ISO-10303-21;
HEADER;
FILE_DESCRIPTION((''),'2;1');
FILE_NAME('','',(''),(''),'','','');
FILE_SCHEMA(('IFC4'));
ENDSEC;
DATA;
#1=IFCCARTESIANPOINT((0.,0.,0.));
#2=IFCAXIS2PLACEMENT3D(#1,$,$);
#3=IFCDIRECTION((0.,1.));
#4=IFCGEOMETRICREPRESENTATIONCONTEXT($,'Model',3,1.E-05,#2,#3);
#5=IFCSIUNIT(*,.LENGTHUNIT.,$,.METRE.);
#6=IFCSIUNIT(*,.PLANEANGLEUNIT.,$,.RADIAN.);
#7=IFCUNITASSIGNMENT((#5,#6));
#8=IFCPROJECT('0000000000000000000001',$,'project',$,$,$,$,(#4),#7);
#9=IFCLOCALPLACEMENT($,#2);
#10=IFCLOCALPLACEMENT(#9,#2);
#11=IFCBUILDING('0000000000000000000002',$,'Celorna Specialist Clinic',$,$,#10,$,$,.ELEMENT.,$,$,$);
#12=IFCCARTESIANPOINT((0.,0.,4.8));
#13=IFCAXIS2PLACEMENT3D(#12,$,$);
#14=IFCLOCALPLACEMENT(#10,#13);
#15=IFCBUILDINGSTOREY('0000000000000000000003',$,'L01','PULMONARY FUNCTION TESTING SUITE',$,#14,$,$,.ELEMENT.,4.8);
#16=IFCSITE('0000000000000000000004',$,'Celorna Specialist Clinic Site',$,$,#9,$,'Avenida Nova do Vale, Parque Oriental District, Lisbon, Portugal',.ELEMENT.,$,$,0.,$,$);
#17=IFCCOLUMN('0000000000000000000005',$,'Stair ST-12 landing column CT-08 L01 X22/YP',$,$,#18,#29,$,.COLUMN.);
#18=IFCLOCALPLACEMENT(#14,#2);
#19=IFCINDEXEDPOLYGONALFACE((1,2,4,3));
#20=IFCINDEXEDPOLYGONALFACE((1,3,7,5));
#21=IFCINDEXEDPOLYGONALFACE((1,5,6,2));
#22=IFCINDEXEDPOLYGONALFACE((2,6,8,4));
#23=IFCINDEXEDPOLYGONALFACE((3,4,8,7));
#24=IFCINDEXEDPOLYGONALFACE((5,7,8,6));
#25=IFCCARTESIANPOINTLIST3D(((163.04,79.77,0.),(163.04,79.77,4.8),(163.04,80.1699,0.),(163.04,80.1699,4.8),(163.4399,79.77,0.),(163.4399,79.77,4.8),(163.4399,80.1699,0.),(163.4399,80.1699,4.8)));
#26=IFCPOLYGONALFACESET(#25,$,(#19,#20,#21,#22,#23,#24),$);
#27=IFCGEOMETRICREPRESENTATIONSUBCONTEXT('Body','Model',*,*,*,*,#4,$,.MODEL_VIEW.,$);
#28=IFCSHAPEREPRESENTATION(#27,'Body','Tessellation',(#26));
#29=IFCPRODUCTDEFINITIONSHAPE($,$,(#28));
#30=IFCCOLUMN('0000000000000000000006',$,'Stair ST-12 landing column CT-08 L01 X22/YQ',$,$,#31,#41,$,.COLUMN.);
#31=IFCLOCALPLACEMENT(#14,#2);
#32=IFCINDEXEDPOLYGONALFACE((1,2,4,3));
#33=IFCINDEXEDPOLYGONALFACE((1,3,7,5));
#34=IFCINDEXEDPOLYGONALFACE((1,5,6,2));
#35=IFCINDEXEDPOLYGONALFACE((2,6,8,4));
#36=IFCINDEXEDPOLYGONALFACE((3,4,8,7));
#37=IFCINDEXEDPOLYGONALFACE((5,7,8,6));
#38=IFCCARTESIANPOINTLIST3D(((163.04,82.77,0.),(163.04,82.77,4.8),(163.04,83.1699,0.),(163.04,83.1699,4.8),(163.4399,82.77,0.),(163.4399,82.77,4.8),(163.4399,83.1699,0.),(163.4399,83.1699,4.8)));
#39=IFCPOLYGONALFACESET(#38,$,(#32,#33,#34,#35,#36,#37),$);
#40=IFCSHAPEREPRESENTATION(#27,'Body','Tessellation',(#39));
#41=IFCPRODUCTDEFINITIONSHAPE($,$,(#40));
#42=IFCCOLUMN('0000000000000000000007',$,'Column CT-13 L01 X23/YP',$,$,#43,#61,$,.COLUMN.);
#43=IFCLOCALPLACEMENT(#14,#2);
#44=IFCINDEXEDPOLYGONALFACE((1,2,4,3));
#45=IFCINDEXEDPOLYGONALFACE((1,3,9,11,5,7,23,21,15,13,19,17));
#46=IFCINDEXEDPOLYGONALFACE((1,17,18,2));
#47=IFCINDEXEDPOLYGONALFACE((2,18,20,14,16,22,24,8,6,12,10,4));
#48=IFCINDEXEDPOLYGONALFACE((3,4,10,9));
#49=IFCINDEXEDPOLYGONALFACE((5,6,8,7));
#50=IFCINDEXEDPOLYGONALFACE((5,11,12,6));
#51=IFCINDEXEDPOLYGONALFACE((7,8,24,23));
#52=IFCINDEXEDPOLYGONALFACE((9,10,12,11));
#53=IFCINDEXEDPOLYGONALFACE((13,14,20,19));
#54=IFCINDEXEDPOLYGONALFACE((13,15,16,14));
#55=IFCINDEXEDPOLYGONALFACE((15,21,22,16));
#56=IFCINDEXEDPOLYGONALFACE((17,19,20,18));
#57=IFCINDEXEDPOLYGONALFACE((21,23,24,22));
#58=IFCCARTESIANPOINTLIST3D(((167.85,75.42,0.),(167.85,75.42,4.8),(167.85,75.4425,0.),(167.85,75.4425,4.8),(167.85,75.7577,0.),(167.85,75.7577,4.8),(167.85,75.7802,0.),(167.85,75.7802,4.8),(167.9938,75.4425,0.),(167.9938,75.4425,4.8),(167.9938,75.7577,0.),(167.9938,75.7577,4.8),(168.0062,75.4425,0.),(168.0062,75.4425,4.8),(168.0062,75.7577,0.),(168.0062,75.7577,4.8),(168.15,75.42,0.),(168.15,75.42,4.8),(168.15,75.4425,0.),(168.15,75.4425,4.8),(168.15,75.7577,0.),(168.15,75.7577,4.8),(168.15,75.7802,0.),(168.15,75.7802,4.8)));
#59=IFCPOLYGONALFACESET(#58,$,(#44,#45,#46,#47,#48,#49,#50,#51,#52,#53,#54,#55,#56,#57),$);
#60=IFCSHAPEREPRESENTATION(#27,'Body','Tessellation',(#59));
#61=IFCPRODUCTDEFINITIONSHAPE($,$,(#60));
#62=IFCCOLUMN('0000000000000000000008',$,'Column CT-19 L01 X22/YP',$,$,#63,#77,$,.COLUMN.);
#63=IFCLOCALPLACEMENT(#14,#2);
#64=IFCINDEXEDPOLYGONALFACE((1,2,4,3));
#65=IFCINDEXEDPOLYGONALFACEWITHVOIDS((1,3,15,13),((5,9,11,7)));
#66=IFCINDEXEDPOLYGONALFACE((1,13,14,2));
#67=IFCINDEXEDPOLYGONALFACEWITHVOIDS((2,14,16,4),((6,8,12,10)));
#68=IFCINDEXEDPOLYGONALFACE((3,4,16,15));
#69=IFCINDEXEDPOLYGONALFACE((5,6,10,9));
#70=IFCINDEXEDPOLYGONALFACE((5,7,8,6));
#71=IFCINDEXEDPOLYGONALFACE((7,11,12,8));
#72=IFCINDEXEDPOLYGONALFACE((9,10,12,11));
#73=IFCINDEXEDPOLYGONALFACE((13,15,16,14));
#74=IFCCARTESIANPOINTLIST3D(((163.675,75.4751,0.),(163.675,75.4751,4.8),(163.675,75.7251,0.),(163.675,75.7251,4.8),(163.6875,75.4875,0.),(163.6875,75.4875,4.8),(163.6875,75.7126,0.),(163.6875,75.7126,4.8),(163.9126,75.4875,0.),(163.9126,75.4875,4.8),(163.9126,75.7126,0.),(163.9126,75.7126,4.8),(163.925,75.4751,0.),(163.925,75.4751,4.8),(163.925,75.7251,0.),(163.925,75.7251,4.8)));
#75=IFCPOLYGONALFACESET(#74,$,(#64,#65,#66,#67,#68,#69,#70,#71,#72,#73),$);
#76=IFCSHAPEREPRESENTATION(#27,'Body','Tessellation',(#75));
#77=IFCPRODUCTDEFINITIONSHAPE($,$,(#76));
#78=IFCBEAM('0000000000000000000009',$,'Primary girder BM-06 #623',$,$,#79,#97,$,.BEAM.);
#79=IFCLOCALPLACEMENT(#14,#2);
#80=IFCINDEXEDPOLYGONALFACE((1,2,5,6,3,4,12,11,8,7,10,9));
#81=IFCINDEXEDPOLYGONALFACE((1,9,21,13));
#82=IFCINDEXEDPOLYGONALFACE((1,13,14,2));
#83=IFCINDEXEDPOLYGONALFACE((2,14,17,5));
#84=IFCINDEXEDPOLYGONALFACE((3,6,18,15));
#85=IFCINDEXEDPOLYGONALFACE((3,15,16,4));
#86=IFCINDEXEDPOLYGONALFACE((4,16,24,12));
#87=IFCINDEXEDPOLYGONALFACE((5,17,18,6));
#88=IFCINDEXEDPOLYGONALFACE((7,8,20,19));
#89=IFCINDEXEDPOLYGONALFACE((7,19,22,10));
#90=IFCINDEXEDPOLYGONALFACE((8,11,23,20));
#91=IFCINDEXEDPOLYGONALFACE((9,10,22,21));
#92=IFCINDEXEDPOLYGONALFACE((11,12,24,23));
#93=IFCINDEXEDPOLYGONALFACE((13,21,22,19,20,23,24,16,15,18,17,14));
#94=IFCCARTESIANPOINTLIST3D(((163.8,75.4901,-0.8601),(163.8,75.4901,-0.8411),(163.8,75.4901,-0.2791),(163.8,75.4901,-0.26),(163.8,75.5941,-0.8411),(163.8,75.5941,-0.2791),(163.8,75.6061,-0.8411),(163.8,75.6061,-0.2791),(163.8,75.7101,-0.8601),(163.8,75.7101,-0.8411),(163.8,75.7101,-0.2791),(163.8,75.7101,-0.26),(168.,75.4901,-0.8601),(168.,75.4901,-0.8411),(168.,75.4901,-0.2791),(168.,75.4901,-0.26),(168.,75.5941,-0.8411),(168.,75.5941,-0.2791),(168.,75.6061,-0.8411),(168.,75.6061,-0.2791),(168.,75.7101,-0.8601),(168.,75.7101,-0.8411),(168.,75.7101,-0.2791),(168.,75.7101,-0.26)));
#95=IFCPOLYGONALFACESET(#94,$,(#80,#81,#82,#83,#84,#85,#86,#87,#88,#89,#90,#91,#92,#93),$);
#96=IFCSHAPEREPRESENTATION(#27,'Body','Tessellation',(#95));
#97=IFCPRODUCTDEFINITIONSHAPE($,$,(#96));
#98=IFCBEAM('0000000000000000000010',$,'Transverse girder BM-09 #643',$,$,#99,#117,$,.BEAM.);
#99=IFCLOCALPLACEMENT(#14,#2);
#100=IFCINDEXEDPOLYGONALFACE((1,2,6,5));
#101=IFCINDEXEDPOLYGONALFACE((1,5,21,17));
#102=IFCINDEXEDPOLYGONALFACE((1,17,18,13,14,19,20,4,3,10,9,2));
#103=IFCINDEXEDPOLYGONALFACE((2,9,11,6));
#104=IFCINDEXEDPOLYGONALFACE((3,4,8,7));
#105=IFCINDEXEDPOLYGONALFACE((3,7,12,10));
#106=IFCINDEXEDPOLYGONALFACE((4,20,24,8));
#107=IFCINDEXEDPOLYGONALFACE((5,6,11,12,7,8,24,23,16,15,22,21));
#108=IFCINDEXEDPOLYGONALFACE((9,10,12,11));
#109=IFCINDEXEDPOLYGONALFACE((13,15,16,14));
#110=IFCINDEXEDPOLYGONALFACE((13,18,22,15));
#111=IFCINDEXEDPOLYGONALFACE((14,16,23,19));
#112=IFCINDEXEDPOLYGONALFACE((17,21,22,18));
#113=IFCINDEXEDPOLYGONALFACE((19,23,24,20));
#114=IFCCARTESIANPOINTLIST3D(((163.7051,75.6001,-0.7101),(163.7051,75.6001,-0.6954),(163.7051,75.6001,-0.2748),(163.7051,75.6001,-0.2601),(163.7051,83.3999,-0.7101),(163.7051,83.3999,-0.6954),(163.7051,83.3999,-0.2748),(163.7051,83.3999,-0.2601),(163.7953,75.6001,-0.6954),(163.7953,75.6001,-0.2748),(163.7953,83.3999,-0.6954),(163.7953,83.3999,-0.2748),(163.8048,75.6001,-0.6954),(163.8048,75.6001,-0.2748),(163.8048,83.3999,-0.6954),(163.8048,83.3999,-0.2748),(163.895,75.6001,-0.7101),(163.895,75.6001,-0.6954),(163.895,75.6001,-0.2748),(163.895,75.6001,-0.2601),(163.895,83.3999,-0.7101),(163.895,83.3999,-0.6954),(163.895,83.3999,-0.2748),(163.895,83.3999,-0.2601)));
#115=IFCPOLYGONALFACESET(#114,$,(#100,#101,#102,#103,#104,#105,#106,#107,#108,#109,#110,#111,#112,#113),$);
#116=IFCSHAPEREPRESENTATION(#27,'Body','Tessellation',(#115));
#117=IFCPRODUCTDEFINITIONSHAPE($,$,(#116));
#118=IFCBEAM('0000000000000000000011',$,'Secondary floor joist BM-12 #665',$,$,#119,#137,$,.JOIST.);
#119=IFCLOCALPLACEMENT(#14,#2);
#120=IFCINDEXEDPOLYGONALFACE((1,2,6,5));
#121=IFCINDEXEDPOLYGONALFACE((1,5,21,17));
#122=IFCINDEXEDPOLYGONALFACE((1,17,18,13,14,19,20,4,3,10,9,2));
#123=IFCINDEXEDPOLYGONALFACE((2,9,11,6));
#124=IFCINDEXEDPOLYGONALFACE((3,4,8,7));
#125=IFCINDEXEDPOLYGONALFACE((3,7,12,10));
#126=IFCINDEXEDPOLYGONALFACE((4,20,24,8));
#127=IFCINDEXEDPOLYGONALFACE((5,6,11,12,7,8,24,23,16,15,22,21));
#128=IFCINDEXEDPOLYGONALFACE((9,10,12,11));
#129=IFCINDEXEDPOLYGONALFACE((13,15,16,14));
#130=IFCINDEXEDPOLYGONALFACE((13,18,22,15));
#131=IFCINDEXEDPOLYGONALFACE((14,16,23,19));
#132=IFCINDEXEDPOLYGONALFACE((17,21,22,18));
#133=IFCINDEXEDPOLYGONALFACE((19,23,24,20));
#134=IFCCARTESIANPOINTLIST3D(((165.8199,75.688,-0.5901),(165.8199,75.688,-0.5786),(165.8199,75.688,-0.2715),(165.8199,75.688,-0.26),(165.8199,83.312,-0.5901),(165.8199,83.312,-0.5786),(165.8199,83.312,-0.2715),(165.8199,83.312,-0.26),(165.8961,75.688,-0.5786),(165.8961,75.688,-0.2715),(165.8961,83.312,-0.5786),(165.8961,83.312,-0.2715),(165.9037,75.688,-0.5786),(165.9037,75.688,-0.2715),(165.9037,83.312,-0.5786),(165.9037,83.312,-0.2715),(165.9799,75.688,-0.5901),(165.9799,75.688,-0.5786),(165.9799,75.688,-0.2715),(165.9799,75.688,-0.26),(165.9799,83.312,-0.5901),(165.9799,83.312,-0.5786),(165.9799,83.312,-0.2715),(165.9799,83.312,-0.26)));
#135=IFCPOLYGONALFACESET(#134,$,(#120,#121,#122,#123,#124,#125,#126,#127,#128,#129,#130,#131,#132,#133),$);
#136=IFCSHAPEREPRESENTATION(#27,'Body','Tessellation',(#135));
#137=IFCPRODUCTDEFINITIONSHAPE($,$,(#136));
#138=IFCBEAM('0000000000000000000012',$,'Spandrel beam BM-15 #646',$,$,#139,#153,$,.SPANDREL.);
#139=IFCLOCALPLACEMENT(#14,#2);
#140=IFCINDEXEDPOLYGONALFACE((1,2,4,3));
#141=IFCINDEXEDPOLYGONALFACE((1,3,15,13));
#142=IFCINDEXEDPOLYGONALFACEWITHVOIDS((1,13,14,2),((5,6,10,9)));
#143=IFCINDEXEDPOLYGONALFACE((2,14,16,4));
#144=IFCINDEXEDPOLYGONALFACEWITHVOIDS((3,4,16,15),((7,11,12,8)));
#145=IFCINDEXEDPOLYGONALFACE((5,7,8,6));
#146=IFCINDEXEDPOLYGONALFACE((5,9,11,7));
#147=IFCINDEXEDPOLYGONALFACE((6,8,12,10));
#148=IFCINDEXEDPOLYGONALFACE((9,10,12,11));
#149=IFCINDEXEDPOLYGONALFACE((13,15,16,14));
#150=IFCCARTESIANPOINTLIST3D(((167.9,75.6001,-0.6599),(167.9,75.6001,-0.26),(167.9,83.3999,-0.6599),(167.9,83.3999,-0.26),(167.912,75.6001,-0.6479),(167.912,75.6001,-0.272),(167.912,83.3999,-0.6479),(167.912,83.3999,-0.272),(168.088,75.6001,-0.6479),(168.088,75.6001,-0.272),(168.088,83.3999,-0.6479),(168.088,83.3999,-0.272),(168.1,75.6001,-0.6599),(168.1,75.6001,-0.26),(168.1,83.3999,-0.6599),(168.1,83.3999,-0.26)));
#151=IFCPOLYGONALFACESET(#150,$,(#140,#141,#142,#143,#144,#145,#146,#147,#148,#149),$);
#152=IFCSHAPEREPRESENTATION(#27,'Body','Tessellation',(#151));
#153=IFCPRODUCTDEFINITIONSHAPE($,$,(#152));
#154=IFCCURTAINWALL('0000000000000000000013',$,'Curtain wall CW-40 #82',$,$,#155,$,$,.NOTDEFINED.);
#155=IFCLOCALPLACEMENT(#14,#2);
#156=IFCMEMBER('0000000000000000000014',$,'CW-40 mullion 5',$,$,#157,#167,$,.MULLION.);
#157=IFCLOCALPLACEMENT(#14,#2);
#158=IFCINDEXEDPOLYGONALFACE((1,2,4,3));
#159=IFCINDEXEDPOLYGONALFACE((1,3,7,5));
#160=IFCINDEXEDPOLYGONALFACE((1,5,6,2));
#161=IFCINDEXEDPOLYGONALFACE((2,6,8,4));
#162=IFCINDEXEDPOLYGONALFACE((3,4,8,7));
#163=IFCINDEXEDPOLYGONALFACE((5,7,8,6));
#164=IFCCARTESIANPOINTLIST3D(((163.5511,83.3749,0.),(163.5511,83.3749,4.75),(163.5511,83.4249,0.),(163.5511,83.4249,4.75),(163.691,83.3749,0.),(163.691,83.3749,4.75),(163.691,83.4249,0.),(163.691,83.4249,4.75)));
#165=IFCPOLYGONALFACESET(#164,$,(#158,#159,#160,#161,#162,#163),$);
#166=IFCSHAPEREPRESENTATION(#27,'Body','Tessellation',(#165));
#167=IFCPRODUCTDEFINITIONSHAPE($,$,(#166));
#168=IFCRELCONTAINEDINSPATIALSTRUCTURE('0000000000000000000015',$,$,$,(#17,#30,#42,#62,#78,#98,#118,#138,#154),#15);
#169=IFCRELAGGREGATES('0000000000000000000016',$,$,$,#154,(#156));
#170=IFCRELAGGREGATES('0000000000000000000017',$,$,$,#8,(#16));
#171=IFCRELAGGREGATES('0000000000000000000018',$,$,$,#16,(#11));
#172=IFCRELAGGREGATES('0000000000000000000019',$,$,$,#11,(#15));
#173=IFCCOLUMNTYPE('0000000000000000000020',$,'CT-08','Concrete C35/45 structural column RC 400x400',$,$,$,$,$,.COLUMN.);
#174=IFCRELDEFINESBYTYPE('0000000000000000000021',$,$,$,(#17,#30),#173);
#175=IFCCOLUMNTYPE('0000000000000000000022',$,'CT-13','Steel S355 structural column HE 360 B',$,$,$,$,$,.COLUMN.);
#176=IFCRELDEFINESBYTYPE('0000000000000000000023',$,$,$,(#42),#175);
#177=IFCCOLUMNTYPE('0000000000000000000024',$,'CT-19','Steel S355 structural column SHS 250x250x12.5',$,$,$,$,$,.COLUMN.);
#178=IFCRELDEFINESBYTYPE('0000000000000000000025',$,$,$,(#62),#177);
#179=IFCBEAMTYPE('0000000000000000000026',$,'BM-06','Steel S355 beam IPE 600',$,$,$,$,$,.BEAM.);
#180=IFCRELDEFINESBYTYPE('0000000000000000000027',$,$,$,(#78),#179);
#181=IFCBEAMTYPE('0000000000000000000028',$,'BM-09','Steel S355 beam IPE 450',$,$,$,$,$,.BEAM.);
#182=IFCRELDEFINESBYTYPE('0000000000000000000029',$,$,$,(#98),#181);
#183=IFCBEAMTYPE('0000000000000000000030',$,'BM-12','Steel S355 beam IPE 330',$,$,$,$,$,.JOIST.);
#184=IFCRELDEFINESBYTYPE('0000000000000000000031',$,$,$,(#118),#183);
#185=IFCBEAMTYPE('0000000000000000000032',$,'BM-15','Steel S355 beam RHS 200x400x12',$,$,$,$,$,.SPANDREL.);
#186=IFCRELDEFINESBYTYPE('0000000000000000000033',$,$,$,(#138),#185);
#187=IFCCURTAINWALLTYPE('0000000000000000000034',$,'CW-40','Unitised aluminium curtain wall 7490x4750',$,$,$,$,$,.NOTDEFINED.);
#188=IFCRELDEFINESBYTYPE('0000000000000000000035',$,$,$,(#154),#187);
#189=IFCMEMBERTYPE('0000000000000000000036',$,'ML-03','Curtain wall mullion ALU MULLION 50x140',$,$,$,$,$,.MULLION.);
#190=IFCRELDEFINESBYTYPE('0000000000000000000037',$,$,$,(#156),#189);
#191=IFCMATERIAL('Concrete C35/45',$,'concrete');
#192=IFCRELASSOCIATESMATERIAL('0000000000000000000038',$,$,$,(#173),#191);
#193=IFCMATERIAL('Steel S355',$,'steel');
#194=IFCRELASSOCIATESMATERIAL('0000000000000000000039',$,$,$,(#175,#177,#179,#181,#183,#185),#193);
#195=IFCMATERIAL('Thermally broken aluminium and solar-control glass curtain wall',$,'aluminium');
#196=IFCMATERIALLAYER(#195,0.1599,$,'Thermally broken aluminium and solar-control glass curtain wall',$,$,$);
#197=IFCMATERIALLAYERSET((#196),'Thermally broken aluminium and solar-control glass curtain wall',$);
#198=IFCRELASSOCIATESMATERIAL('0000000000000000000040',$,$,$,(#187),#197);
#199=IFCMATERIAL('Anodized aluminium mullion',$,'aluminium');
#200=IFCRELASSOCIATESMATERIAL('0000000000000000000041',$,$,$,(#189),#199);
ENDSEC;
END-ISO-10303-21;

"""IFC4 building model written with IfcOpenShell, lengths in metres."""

from ifc_helpers import new_model, si_unit, direction, frame, origin, origin_2d, place, context, subcontext, project, spatial, rectangle, hollow_rectangle, i_section, extrude, material, layer, layer_set, material_profile, profile_set, type_object, element, aggregate, save


model = new_model("IFC4")

# Units and contexts
model_context = context("Model", 3, precision=1e-05, world=origin(), true_north=direction((0.0, 1.0)))
body_context = subcontext(model_context, "Body", "Model", "MODEL_VIEW")
ifc_project = project(units=[si_unit("LENGTHUNIT", "METRE"), si_unit("PLANEANGLEUNIT", "RADIAN")], contexts=[model_context])

# Site, building, storey
site_placement = place(None, origin())
site = spatial("IfcSite", under=ifc_project, at=site_placement, Name="Celorna Specialist Clinic Site", LongName="Avenida Nova do Vale, Parque Oriental District, Lisbon, Portugal", CompositionType="ELEMENT", RefElevation=0.0)
building_placement = place(site_placement, origin())
building = spatial("IfcBuilding", under=site, at=building_placement, Name="Celorna Specialist Clinic", CompositionType="ELEMENT")
storey_placement = place(building_placement, frame((0.0, 0.0, 4.8)))
storey = spatial("IfcBuildingStorey", under=building, at=storey_placement, Name="L01", Description="PULMONARY FUNCTION TESTING SUITE", CompositionType="ELEMENT", Elevation=4.8)

# Columns
ifc_material_1 = material(Name="Concrete C35/45", Category="concrete")
ifc_material_profile_1 = material_profile(ifc_material_1, rectangle(XDim=0.3999, YDim=0.3999, at=origin_2d()), Name="RC 400x400")
ifc_profile_set_1 = profile_set([ifc_material_profile_1], Name="Concrete C35/45")
column_type_1 = type_object("IfcColumnType", Name="CT-08", Description="Concrete C35/45 structural column RC 400x400", PredefinedType="COLUMN", material=ifc_profile_set_1)
for number, where, z_axis, x_axis, name in (
    (1, (163.24, 79.97, 0.0), (0.0, 0.0, 1.0), (1.0, 0.0, 0.0), "Stair ST-12 landing column CT-08 L01 X22/YP"),
    (2, (163.24, 82.97, 0.0), (0.0, 0.0, 1.0), (1.0, 0.0, 0.0), "Stair ST-12 landing column CT-08 L01 X22/YQ"),
):
    element("IfcColumn", number, at=place(storey_placement, frame(where, z_axis=z_axis, x_axis=x_axis)), inside=storey, type_object=column_type_1, Name=name, PredefinedType="COLUMN", context=body_context, shape_type="SweptSolid", body=[
        extrude(rectangle(XDim=0.3999, YDim=0.3999, at=origin_2d()), origin(), (0.0, 0.0, 1.0), 4.8),
    ])
ifc_material_2 = material(Name="Steel S355", Category="steel")
ifc_material_profile_2 = material_profile(ifc_material_2, i_section(OverallWidth=0.3, OverallDepth=0.3601, WebThickness=0.0125, FlangeThickness=0.0225, at=origin_2d()), Name="HE 360 B")
ifc_profile_set_2 = profile_set([ifc_material_profile_2], Name="Steel S355")
column_type_2 = type_object("IfcColumnType", Name="CT-13", Description="Steel S355 structural column HE 360 B", PredefinedType="COLUMN", material=ifc_profile_set_2)
column_1_placement = place(storey_placement, frame((168.0, 75.6001, 0.0), z_axis=(0.0, 0.0, 1.0), x_axis=(1.0, 0.0, 0.0)))
element("IfcColumn", 3, at=column_1_placement, inside=storey, type_object=column_type_2, Name="Column CT-13 L01 X23/YP", PredefinedType="COLUMN", context=body_context, shape_type="SweptSolid", body=[
    extrude(i_section(OverallWidth=0.3, OverallDepth=0.3601, WebThickness=0.0125, FlangeThickness=0.0225, at=origin_2d()), origin(), (0.0, 0.0, 1.0), 4.8),
])
ifc_material_profile_3 = material_profile(ifc_material_2, hollow_rectangle(XDim=0.25, YDim=0.25, WallThickness=0.0125, at=origin_2d()), Name="SHS 250x250x12.5")
ifc_profile_set_3 = profile_set([ifc_material_profile_3], Name="Steel S355")
column_type_3 = type_object("IfcColumnType", Name="CT-19", Description="Steel S355 structural column SHS 250x250x12.5", PredefinedType="COLUMN", material=ifc_profile_set_3)
column_2_placement = place(storey_placement, frame((163.8, 75.6001, 0.0), z_axis=(0.0, 0.0, 1.0), x_axis=(1.0, 0.0, 0.0)))
element("IfcColumn", 4, at=column_2_placement, inside=storey, type_object=column_type_3, Name="Column CT-19 L01 X22/YP", PredefinedType="COLUMN", context=body_context, shape_type="SweptSolid", body=[
    extrude(hollow_rectangle(XDim=0.25, YDim=0.25, WallThickness=0.0125, at=origin_2d()), origin(), (0.0, 0.0, 1.0), 4.8),
])

# Beams
ifc_material_profile_4 = material_profile(ifc_material_2, i_section(OverallWidth=0.22, OverallDepth=0.6001, WebThickness=0.012, FlangeThickness=0.019, at=origin_2d()), Name="IPE 600")
ifc_profile_set_4 = profile_set([ifc_material_profile_4], Name="Steel S355")
beam_type_1 = type_object("IfcBeamType", Name="BM-06", Description="Steel S355 beam IPE 600", PredefinedType="BEAM", material=ifc_profile_set_4)
beam_1_placement = place(storey_placement, frame((163.8, 75.6001, -0.5601), z_axis=(1.0, 0.0, 0.0), x_axis=(0.0, 1.0, 0.0)))
element("IfcBeam", 5, at=beam_1_placement, inside=storey, type_object=beam_type_1, Name="Primary girder BM-06 #623", PredefinedType="BEAM", context=body_context, shape_type="SweptSolid", body=[
    extrude(i_section(OverallWidth=0.22, OverallDepth=0.6001, WebThickness=0.012, FlangeThickness=0.019, at=origin_2d()), origin(), (0.0, 0.0, 1.0), 4.2),
])
ifc_material_profile_5 = material_profile(ifc_material_2, i_section(OverallWidth=0.1899, OverallDepth=0.45, WebThickness=0.0095, FlangeThickness=0.0146, at=origin_2d()), Name="IPE 450")
ifc_profile_set_5 = profile_set([ifc_material_profile_5], Name="Steel S355")
beam_type_2 = type_object("IfcBeamType", Name="BM-09", Description="Steel S355 beam IPE 450", PredefinedType="BEAM", material=ifc_profile_set_5)
beam_2_placement = place(storey_placement, frame((163.8, 75.6001, -0.4851), z_axis=(0.0, 1.0, 0.0), x_axis=(-1.0, 0.0, 0.0)))
element("IfcBeam", 6, at=beam_2_placement, inside=storey, type_object=beam_type_2, Name="Transverse girder BM-09 #643", PredefinedType="BEAM", context=body_context, shape_type="SweptSolid", body=[
    extrude(i_section(OverallWidth=0.1899, OverallDepth=0.45, WebThickness=0.0095, FlangeThickness=0.0146, at=origin_2d()), origin(), (0.0, 0.0, 1.0), 7.7998),
])
ifc_material_profile_6 = material_profile(ifc_material_2, i_section(OverallWidth=0.1599, OverallDepth=0.3301, WebThickness=0.0076, FlangeThickness=0.0115, at=origin_2d()), Name="IPE 330")
ifc_profile_set_6 = profile_set([ifc_material_profile_6], Name="Steel S355")
beam_type_3 = type_object("IfcBeamType", Name="BM-12", Description="Steel S355 beam IPE 330", PredefinedType="JOIST", material=ifc_profile_set_6)
beam_3_placement = place(storey_placement, frame((165.8999, 75.688, -0.425), z_axis=(0.0, 1.0, 0.0), x_axis=(-1.0, 0.0, 0.0)))
element("IfcBeam", 7, at=beam_3_placement, inside=storey, type_object=beam_type_3, Name="Secondary floor joist BM-12 #665", PredefinedType="JOIST", context=body_context, shape_type="SweptSolid", body=[
    extrude(i_section(OverallWidth=0.1599, OverallDepth=0.3301, WebThickness=0.0076, FlangeThickness=0.0115, at=origin_2d()), origin(), (0.0, 0.0, 1.0), 7.624),
])
ifc_material_profile_7 = material_profile(ifc_material_2, hollow_rectangle(XDim=0.2, YDim=0.3999, WallThickness=0.012, at=origin_2d()), Name="RHS 200x400x12")
ifc_profile_set_7 = profile_set([ifc_material_profile_7], Name="Steel S355")
beam_type_4 = type_object("IfcBeamType", Name="BM-15", Description="Steel S355 beam RHS 200x400x12", PredefinedType="SPANDREL", material=ifc_profile_set_7)
beam_4_placement = place(storey_placement, frame((168.0, 75.6001, -0.46), z_axis=(0.0, 1.0, 0.0), x_axis=(-1.0, 0.0, 0.0)))
element("IfcBeam", 8, at=beam_4_placement, inside=storey, type_object=beam_type_4, Name="Spandrel beam BM-15 #646", PredefinedType="SPANDREL", context=body_context, shape_type="SweptSolid", body=[
    extrude(hollow_rectangle(XDim=0.2, YDim=0.3999, WallThickness=0.012, at=origin_2d()), origin(), (0.0, 0.0, 1.0), 7.7998),
])

# Curtain wall, member
ifc_material_3 = material(Name="Thermally broken aluminium and solar-control glass curtain wall", Category="aluminium")
ifc_layer_1 = layer(ifc_material_3, 0.1599, Name="Thermally broken aluminium and solar-control glass curtain wall")
ifc_layer_set_1 = layer_set([ifc_layer_1], Name="Thermally broken aluminium and solar-control glass curtain wall")
curtain_wall_type = type_object("IfcCurtainWallType", Name="CW-40", Description="Unitised aluminium curtain wall 7490x4750", PredefinedType="NOTDEFINED", material=ifc_layer_set_1)
curtain_wall_placement = place(storey_placement, origin())
curtain_wall = element("IfcCurtainWall", 9, at=curtain_wall_placement, inside=storey, type_object=curtain_wall_type, Name="Curtain wall CW-40 #82", PredefinedType="NOTDEFINED")
ifc_material_4 = material(Name="Anodized aluminium mullion", Category="aluminium")
ifc_material_profile_8 = material_profile(ifc_material_4, rectangle(XDim=0.05, YDim=0.1399, at=origin_2d()), Name="ALU MULLION 50x140")
ifc_profile_set_8 = profile_set([ifc_material_profile_8], Name="Anodized aluminium mullion")
member_type_1 = type_object("IfcMemberType", Name="ML-03", Description="Curtain wall mullion ALU MULLION 50x140", PredefinedType="MULLION", material=ifc_profile_set_8)
member_1_placement = place(storey_placement, frame((163.6211, 83.3999, 0.0), z_axis=(0.0, 0.0, 1.0), x_axis=(0.0, 1.0, 0.0)))
member_1 = element("IfcMember", 10, at=member_1_placement, type_object=member_type_1, Name="CW-40 mullion 5", PredefinedType="MULLION", context=body_context, shape_type="SweptSolid", body=[
    extrude(rectangle(XDim=0.05, YDim=0.1399, at=origin_2d()), origin(), (0.0, 0.0, 1.0), 4.75),
])
aggregate(curtain_wall, [member_1])

save(model, "model.ifc")
